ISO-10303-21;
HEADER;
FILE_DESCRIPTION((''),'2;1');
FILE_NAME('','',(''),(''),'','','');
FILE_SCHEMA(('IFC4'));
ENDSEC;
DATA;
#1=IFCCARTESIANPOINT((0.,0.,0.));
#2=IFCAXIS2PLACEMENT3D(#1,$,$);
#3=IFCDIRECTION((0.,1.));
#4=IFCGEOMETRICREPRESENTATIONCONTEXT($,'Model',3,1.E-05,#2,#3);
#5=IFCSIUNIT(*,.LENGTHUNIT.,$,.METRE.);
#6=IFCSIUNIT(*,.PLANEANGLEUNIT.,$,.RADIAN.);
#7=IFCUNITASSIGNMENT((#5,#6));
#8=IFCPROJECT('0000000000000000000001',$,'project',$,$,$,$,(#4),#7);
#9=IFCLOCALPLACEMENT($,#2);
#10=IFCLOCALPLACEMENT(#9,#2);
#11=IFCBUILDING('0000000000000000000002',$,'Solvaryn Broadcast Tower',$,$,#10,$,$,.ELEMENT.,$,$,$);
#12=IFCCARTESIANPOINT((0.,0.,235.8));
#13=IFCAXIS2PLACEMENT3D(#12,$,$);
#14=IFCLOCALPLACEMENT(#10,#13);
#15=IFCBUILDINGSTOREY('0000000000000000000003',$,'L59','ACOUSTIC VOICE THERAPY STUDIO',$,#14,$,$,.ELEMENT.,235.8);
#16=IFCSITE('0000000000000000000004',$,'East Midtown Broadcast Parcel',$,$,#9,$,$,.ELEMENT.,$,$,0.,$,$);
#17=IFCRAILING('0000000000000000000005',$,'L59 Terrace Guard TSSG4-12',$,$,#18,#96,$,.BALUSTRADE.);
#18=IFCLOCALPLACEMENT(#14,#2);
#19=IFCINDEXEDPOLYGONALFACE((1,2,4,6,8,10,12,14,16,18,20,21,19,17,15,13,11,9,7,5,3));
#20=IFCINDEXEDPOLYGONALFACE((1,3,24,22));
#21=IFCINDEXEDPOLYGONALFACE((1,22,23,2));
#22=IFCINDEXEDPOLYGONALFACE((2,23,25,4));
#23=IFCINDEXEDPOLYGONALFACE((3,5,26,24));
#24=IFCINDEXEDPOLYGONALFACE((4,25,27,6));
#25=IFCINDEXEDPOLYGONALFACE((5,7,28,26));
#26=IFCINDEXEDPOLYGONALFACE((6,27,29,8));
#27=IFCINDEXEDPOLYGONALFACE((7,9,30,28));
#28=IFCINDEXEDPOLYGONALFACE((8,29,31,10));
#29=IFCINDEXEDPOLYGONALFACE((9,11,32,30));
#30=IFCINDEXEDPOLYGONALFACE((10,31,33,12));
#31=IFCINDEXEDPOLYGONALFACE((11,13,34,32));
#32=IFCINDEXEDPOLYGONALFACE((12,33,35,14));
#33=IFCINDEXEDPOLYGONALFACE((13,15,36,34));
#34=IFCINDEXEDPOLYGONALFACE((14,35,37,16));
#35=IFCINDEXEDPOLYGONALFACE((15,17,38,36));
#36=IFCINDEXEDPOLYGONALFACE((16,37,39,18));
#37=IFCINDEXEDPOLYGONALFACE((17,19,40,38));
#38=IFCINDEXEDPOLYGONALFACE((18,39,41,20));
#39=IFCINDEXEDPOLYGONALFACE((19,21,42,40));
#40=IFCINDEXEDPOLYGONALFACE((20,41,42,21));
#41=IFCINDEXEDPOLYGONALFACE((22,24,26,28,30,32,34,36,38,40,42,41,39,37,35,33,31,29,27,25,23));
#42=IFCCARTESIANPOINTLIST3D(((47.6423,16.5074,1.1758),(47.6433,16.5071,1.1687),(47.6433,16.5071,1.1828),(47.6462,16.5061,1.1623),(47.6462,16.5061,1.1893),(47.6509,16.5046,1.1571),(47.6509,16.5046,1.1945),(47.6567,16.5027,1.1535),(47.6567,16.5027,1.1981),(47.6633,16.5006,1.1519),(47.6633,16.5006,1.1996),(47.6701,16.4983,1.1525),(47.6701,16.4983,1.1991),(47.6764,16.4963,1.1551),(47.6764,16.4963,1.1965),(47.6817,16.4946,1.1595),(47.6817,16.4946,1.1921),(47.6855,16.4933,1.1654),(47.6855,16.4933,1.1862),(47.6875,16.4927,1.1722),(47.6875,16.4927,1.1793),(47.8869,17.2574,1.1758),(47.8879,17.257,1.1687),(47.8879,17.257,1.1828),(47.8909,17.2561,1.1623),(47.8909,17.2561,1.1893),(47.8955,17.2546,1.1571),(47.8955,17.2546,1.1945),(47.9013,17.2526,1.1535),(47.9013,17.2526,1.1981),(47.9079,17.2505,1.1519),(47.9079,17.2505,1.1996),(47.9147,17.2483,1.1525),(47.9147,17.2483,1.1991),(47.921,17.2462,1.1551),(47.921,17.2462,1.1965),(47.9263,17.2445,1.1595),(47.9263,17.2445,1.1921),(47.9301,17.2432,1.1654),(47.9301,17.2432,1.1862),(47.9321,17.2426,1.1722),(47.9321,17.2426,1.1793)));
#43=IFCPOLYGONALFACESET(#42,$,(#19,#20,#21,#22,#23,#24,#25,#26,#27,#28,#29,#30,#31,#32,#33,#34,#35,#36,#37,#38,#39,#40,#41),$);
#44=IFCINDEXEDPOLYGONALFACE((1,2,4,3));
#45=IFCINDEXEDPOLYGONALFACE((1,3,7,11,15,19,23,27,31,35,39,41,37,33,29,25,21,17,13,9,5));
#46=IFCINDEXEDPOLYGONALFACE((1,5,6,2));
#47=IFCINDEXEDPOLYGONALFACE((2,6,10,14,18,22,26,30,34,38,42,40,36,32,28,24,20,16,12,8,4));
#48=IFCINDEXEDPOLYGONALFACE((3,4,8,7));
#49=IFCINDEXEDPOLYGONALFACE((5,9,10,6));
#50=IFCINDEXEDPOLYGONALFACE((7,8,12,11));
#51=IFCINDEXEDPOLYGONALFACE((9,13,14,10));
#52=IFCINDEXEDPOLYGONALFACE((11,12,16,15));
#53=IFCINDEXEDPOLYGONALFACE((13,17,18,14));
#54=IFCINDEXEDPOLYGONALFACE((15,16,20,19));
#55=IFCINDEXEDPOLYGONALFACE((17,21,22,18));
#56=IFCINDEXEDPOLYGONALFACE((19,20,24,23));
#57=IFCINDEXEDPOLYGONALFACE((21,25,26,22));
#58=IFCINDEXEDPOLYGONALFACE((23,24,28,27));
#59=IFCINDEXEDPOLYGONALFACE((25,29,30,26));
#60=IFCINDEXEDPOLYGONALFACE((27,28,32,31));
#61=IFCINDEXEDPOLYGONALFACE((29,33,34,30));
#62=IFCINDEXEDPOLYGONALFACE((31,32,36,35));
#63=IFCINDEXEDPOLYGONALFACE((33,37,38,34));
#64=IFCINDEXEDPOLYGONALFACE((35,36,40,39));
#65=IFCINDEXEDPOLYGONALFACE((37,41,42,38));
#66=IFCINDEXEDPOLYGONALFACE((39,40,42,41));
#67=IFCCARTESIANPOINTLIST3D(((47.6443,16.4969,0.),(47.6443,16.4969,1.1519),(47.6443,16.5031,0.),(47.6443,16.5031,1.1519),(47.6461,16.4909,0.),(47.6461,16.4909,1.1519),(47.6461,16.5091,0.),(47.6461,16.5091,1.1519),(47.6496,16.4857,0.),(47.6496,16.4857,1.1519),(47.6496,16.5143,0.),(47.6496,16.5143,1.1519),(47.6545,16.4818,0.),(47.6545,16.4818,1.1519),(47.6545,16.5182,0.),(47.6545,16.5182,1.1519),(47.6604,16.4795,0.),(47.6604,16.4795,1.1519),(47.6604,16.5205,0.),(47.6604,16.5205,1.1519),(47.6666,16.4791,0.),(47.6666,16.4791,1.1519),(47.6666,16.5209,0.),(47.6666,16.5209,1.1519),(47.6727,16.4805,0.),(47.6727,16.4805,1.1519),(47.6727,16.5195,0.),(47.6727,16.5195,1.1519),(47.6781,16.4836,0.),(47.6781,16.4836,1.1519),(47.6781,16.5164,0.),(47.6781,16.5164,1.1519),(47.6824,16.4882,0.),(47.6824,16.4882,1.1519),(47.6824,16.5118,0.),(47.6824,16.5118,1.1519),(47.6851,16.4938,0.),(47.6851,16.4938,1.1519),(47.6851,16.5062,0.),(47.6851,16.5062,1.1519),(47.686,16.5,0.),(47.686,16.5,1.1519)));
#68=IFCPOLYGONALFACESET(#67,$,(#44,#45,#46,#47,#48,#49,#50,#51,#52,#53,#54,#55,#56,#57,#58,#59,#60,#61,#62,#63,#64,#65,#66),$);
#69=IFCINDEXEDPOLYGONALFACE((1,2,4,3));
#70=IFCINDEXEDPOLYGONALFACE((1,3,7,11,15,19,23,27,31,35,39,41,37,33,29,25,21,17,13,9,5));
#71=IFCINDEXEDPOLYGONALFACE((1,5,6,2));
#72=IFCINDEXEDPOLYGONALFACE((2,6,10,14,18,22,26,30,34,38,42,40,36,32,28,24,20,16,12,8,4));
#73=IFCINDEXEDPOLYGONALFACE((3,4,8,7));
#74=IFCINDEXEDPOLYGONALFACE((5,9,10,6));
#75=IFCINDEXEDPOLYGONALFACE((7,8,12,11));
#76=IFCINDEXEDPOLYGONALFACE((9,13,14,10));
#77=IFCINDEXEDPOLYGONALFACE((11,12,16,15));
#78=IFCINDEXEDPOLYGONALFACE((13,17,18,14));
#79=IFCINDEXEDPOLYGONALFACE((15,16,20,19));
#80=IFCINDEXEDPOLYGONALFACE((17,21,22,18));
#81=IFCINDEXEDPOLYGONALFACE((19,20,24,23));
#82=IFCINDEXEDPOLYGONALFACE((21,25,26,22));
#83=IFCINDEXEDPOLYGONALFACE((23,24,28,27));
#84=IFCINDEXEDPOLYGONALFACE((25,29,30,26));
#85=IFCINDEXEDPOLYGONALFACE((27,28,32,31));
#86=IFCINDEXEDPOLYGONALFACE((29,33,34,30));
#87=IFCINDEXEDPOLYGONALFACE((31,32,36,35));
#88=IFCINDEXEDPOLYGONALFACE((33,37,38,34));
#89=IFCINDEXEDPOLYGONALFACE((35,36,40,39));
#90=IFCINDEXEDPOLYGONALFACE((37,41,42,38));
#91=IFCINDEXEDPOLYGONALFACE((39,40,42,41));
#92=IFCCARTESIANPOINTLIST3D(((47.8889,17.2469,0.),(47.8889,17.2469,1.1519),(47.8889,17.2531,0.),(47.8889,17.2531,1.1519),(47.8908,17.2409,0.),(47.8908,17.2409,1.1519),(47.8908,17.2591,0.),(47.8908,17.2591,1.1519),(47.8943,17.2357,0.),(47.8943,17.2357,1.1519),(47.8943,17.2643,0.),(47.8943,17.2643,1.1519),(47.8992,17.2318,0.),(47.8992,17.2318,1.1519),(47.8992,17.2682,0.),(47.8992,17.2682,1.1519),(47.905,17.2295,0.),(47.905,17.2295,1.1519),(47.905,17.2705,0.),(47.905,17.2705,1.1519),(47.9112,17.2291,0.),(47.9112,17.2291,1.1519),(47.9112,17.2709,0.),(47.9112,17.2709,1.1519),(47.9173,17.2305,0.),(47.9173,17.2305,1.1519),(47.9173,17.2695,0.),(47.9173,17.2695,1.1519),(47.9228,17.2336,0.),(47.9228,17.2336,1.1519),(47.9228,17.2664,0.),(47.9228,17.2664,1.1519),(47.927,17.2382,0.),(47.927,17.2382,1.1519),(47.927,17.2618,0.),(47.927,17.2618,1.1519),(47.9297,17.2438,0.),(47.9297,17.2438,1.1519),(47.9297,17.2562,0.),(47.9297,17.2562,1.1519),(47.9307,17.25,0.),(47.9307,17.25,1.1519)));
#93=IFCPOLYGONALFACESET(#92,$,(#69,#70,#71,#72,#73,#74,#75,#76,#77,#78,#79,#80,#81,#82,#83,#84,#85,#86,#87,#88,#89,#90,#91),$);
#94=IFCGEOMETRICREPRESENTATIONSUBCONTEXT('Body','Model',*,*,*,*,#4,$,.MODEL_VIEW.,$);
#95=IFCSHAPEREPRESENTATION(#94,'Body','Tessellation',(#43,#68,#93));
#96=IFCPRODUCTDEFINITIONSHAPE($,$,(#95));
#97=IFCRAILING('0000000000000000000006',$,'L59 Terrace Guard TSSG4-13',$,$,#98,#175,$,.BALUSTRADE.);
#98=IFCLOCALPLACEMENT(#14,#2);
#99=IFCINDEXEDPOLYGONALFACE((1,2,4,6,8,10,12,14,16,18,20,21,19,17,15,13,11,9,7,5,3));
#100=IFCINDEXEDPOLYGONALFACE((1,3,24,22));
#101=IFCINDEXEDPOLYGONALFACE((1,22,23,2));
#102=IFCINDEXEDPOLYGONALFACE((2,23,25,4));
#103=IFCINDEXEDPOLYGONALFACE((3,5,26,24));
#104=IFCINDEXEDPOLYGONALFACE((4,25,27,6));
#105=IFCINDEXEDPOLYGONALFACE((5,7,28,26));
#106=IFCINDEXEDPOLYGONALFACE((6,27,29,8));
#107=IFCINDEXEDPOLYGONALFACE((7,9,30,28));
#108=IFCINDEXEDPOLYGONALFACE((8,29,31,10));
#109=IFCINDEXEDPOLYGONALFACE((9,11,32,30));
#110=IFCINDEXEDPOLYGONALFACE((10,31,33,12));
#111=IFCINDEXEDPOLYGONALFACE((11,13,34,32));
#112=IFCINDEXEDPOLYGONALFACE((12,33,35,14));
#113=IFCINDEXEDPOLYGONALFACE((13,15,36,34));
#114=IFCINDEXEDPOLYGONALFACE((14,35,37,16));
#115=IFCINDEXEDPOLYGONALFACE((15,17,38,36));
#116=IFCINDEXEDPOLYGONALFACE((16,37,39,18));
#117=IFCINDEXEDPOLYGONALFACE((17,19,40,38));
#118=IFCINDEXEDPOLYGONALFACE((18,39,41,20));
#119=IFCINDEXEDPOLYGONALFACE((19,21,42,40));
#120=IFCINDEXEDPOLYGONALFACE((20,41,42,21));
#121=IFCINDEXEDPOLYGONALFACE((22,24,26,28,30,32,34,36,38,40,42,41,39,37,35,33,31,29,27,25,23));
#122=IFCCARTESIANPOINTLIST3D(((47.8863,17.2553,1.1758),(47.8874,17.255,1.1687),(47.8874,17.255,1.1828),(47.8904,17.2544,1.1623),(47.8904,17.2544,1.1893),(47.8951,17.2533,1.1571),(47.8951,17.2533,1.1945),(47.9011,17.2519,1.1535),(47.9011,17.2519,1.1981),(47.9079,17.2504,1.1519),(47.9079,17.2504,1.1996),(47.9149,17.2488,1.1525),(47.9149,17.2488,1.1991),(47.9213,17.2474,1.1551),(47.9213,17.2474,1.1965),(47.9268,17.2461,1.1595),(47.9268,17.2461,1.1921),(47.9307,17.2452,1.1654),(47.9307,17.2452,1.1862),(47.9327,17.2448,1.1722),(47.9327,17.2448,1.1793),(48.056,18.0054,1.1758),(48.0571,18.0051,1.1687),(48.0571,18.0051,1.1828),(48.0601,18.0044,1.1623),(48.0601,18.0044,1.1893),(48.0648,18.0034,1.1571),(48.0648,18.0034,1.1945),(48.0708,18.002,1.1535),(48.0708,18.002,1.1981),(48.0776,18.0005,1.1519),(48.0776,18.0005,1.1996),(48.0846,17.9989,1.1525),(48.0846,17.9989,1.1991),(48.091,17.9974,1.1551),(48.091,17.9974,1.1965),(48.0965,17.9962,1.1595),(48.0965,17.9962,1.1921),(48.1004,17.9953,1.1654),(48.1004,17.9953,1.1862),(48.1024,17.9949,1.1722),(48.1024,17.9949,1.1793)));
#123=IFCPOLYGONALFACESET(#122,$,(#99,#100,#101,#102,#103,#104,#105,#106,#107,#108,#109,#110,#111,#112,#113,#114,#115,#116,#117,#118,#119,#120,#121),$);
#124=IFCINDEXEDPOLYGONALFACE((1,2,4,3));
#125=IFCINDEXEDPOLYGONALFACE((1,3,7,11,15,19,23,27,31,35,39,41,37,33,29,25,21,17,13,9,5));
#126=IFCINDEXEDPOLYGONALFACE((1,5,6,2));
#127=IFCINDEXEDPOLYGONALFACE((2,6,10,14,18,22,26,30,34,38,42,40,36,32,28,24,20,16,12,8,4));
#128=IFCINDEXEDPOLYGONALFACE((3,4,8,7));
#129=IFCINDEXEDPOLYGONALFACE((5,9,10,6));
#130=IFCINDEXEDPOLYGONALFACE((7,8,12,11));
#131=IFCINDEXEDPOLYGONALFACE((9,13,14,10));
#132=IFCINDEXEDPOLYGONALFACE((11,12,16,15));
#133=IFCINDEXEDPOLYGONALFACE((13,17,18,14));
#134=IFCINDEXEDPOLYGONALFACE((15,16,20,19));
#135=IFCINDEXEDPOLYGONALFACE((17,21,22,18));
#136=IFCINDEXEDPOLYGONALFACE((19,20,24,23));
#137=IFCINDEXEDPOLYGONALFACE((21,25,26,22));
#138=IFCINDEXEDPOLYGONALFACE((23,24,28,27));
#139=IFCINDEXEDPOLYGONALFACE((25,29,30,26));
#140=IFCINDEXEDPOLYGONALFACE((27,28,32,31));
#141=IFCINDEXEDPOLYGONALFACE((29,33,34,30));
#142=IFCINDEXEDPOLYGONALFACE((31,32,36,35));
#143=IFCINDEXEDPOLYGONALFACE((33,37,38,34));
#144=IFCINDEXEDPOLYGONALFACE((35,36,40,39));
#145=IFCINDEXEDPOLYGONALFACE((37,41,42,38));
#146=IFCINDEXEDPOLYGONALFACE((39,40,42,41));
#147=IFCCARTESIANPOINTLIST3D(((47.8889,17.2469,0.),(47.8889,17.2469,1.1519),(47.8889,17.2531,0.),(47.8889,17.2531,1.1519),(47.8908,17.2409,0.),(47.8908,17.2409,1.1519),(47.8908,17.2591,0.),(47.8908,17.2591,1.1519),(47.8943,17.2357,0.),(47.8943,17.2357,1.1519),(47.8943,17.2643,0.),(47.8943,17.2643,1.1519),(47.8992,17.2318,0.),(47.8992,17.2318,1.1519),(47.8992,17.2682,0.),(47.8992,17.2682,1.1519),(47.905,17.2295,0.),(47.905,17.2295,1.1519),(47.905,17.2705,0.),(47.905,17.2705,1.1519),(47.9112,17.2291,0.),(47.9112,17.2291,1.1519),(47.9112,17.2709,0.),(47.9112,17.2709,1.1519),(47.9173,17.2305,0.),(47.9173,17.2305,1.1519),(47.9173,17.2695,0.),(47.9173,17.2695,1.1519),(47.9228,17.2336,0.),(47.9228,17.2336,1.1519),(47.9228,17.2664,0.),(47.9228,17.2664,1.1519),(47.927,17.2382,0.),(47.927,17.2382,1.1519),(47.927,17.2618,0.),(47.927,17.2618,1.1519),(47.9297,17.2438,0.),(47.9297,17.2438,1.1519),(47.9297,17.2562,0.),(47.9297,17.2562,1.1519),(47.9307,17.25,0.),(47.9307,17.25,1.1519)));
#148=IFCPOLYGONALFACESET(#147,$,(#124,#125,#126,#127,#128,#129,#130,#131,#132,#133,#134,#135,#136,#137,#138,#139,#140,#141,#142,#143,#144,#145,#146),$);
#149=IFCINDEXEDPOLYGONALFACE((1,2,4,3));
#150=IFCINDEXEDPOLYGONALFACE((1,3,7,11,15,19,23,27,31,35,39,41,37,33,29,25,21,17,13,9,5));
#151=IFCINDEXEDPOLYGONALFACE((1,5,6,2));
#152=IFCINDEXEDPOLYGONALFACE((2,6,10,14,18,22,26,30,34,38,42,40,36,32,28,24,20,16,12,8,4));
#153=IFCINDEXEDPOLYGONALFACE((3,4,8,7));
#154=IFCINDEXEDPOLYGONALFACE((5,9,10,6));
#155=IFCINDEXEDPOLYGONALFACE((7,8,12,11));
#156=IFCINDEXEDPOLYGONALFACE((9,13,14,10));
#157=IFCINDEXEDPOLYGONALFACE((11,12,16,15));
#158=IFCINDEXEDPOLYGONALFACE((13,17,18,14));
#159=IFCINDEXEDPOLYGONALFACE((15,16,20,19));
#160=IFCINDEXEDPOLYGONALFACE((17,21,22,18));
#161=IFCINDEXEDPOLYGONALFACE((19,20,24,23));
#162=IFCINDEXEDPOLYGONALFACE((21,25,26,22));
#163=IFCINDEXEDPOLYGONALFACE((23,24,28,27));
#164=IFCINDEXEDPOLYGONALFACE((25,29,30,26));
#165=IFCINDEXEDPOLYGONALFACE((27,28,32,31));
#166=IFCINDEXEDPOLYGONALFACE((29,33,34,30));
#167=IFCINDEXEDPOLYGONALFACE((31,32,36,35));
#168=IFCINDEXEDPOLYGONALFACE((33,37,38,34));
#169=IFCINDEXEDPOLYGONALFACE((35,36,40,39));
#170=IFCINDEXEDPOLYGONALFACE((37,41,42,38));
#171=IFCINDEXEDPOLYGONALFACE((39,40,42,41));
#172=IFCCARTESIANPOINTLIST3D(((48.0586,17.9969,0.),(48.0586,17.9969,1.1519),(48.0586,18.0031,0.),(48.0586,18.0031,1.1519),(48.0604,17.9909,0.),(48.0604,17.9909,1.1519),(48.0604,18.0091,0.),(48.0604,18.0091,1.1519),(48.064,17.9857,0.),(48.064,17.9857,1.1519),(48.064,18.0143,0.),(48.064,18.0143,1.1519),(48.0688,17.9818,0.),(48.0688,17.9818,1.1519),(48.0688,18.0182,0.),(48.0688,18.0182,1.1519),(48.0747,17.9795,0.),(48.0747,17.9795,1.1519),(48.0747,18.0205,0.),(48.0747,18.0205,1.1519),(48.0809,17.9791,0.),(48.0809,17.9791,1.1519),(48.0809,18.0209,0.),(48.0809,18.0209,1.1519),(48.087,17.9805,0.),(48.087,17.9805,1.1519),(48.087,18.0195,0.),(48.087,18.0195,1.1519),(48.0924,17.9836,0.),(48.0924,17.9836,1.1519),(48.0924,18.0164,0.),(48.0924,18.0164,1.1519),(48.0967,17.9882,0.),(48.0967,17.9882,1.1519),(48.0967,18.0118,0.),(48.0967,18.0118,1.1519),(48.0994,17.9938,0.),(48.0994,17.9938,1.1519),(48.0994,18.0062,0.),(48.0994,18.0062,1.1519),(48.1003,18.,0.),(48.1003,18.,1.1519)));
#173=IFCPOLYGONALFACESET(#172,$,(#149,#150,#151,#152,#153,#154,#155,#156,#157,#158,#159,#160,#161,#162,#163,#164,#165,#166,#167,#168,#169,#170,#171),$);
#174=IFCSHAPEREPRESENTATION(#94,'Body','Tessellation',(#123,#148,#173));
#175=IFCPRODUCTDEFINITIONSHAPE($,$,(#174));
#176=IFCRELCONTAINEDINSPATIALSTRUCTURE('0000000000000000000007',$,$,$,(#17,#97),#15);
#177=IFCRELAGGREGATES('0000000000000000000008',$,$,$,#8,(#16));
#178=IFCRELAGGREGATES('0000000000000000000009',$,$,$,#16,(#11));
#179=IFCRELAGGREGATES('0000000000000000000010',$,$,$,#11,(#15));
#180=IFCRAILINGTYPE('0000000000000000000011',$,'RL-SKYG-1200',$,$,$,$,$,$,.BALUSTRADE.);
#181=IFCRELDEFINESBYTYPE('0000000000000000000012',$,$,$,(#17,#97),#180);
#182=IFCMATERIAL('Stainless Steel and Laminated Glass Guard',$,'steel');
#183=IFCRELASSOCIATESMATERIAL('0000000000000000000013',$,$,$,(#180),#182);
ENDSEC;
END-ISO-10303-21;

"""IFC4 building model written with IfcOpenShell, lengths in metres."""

from ifc_helpers import new_model, si_unit, direction, frame, origin, origin_2d, place, context, subcontext, project, spatial, circle, extrude, material, type_object, element, save


model = new_model("IFC4")

# Units and contexts
model_context = context("Model", 3, precision=1e-05, world=origin(), true_north=direction((0.0, 1.0)))
body_context = subcontext(model_context, "Body", "Model", "MODEL_VIEW")
ifc_project = project(units=[si_unit("LENGTHUNIT", "METRE"), si_unit("PLANEANGLEUNIT", "RADIAN")], contexts=[model_context])

# Site, building, storey
site_placement = place(None, origin())
site = spatial("IfcSite", under=ifc_project, at=site_placement, Name="East Midtown Broadcast Parcel", CompositionType="ELEMENT", RefElevation=0.0)
building_placement = place(site_placement, origin())
building = spatial("IfcBuilding", under=site, at=building_placement, Name="Solvaryn Broadcast Tower", CompositionType="ELEMENT")
storey_placement = place(building_placement, frame((0.0, 0.0, 235.8)))
storey = spatial("IfcBuildingStorey", under=building, at=storey_placement, Name="L59", Description="ACOUSTIC VOICE THERAPY STUDIO", CompositionType="ELEMENT", Elevation=235.8)

# Railings
ifc_material_1 = material(Name="Stainless Steel and Laminated Glass Guard", Category="steel")
railing_type = type_object("IfcRailingType", Name="RL-SKYG-1200", PredefinedType="BALUSTRADE", material=ifc_material_1)
railing_1_placement = place(storey_placement, frame((47.665, 16.5, 0.0)))
element("IfcRailing", 1, at=railing_1_placement, inside=storey, type_object=railing_type, Name="L59 Terrace Guard TSSG4-12", PredefinedType="BALUSTRADE", context=body_context, shape_type="SweptSolid", body=[
    extrude(circle(Radius=0.0239, at=origin_2d()), frame((0.0, 0.0, 1.1758), z_axis=(0.310094, 0.950706, 0.0), x_axis=(-0.950706, 0.310094, 0.0)), (0.0, 0.0, 1.0), 0.7888),
    extrude(circle(Radius=0.021, at=origin_2d()), origin(), (0.0, 0.0, 1.0), 1.1519),
    extrude(circle(Radius=0.021, at=origin_2d()), frame((0.2446, 0.75, 0.0)), (0.0, 0.0, 1.0), 1.1519),
])
railing_2_placement = place(storey_placement, frame((47.9097, 17.25, 0.0)))
element("IfcRailing", 2, at=railing_2_placement, inside=storey, type_object=railing_type, Name="L59 Terrace Guard TSSG4-13", PredefinedType="BALUSTRADE", context=body_context, shape_type="SweptSolid", body=[
    extrude(circle(Radius=0.0239, at=origin_2d()), frame((0.0, 0.0, 1.1758), z_axis=(0.22066, 0.975351, 0.0), x_axis=(-0.975351, 0.22066, 0.0)), (0.0, 0.0, 1.0), 0.769),
    extrude(circle(Radius=0.021, at=origin_2d()), origin(), (0.0, 0.0, 1.0), 1.1519),
    extrude(circle(Radius=0.021, at=origin_2d()), frame((0.1697, 0.75, 0.0)), (0.0, 0.0, 1.0), 1.1519),
])

save(model, "model.ifc")
